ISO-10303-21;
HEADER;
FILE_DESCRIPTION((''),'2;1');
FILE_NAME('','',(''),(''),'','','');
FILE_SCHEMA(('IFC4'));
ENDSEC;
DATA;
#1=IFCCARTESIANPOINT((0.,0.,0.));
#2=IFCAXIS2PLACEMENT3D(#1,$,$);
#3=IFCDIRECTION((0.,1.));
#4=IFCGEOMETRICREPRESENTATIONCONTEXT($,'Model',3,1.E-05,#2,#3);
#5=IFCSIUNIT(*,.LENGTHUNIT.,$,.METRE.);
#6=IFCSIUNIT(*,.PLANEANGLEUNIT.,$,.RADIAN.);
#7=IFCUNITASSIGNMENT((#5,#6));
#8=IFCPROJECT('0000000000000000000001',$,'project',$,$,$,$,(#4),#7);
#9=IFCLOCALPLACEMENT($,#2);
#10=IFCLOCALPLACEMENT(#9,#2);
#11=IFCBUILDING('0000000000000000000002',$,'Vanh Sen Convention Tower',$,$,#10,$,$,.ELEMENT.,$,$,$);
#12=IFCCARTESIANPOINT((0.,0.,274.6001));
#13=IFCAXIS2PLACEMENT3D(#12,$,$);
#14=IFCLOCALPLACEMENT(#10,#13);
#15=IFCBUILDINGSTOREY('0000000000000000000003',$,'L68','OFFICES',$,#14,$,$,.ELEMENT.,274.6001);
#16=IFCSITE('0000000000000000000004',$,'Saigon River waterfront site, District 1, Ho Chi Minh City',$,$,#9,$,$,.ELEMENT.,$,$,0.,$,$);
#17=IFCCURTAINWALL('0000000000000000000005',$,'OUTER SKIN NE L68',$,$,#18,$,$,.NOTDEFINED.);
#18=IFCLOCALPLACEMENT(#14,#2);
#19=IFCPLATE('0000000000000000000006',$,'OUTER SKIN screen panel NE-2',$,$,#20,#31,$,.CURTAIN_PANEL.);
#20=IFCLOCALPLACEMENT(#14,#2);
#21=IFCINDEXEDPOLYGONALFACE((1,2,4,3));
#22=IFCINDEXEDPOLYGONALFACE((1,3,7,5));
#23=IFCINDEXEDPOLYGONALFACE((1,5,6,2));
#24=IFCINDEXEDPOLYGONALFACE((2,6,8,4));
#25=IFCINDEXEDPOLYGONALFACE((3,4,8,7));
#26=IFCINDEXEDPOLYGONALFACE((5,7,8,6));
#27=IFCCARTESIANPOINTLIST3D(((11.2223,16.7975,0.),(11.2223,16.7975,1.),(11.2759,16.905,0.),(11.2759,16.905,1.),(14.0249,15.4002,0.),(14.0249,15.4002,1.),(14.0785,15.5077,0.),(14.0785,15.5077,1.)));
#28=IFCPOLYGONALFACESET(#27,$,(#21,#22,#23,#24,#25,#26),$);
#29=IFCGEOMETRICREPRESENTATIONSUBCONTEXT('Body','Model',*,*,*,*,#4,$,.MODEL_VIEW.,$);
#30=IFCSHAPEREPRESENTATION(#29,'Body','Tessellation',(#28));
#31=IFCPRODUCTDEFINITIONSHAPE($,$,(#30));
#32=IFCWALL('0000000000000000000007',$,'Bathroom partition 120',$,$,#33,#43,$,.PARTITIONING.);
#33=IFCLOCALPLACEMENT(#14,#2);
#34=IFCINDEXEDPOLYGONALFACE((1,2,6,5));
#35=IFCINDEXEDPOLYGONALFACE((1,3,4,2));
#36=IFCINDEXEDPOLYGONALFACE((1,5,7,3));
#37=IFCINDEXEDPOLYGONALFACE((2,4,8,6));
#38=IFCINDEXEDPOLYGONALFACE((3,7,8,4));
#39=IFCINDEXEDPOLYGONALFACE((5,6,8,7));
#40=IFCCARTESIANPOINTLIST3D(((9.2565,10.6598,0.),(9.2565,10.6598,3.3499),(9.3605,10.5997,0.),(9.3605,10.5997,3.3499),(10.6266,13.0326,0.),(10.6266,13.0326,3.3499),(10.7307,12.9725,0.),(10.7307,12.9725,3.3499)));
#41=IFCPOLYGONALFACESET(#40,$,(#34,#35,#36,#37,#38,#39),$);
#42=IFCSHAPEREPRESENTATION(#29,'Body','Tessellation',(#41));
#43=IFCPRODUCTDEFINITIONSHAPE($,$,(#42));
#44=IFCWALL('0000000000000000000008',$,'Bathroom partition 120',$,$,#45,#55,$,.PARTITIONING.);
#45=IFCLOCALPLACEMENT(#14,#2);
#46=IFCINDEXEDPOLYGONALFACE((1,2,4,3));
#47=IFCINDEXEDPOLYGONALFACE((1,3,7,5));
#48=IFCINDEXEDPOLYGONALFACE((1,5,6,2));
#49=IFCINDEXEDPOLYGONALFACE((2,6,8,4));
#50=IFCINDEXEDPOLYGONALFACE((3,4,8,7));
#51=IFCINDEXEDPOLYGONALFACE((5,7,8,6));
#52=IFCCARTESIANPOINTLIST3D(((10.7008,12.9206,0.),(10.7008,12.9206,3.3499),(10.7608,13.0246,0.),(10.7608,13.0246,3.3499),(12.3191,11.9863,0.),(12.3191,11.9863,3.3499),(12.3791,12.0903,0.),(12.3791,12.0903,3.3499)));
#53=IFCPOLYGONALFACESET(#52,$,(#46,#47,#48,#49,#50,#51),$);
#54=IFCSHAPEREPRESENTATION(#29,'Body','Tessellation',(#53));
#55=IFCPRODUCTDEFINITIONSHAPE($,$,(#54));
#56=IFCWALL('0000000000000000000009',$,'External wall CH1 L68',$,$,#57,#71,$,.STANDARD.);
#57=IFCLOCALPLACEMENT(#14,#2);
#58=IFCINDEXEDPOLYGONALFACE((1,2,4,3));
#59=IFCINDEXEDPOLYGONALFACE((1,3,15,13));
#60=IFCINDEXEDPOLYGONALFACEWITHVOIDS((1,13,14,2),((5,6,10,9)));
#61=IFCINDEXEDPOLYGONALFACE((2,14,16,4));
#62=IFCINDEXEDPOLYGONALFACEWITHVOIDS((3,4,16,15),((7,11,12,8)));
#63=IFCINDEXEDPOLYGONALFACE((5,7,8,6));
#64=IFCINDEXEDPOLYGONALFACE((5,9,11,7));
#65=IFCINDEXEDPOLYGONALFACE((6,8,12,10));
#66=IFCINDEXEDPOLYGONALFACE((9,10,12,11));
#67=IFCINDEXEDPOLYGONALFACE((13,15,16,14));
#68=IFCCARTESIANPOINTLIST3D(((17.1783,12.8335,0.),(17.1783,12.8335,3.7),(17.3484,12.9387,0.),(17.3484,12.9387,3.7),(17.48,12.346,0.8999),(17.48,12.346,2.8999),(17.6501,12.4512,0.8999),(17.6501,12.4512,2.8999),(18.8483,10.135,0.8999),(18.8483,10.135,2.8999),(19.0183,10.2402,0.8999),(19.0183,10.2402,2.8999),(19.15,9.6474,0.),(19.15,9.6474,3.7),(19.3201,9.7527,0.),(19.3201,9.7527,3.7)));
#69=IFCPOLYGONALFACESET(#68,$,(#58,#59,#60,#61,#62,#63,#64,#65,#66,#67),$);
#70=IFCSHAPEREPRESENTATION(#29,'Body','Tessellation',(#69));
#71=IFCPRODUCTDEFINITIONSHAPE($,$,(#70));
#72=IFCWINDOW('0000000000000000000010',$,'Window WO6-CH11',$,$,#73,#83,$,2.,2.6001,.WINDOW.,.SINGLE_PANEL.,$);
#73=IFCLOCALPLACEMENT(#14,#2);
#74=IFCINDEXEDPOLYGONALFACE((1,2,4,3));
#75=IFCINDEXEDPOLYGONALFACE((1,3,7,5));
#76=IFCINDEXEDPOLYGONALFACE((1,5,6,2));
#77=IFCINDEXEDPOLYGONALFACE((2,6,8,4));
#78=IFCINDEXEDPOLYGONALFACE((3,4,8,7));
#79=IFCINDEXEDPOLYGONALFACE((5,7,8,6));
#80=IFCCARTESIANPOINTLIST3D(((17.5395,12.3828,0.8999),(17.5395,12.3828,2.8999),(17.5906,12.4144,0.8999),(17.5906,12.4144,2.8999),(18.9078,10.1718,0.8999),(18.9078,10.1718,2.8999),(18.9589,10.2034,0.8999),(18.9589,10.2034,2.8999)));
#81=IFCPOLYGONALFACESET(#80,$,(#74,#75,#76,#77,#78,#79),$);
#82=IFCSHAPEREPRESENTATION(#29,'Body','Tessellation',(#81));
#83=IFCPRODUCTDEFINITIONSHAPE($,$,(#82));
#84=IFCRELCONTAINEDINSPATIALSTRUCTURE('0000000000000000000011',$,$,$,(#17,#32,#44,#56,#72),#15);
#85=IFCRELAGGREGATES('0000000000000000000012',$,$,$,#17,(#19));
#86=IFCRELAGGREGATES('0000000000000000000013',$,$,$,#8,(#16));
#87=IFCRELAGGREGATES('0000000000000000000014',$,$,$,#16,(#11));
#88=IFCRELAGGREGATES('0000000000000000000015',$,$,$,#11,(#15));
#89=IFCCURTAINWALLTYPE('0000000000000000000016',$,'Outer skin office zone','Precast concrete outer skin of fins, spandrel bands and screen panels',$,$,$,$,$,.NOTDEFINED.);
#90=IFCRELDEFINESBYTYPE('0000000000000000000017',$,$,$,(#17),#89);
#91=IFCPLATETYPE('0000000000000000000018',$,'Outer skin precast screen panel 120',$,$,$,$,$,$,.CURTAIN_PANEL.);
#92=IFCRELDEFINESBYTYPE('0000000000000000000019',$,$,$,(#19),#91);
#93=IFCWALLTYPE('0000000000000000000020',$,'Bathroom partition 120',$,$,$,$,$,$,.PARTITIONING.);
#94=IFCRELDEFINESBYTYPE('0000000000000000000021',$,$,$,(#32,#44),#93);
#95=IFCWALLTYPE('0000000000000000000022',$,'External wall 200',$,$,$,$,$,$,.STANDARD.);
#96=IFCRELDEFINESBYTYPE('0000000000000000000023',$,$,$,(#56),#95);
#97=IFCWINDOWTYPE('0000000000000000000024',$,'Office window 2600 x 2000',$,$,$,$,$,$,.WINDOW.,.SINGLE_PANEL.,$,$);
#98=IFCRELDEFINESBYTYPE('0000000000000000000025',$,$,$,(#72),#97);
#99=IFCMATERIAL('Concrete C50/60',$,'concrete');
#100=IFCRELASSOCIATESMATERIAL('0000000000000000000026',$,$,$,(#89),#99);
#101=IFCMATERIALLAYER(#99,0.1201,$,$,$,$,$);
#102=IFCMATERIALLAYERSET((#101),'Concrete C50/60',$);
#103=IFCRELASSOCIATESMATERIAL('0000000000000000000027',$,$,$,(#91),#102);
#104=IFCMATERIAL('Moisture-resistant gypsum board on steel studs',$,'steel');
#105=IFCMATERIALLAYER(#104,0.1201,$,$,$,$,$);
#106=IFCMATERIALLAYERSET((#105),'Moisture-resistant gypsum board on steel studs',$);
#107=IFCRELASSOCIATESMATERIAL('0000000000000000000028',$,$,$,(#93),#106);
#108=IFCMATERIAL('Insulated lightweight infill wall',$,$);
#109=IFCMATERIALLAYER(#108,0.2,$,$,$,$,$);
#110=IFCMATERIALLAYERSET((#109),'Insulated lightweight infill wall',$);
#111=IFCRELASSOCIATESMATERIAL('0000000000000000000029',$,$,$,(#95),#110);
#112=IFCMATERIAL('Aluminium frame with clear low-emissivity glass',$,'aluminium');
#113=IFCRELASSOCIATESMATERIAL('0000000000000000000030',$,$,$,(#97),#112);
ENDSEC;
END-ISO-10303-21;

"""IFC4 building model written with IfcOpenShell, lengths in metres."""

from ifc_helpers import new_model, si_unit, direction, frame, frame_2d, origin, origin_2d, place, context, subcontext, project, spatial, rectangle, extrude, material, layer, layer_set, type_object, element, fill, aggregate, save


model = new_model("IFC4")

# Units and contexts
model_context = context("Model", 3, precision=1e-05, world=origin(), true_north=direction((0.0, 1.0)))
body_context = subcontext(model_context, "Body", "Model", "MODEL_VIEW")
ifc_project = project(units=[si_unit("LENGTHUNIT", "METRE"), si_unit("PLANEANGLEUNIT", "RADIAN")], contexts=[model_context])

# Site, building, storey
site_placement = place(None, origin())
site = spatial("IfcSite", under=ifc_project, at=site_placement, Name="Saigon River waterfront site, District 1, Ho Chi Minh City", CompositionType="ELEMENT", RefElevation=0.0)
building_placement = place(site_placement, origin())
building = spatial("IfcBuilding", under=site, at=building_placement, Name="Vanh Sen Convention Tower", CompositionType="ELEMENT")
storey_placement = place(building_placement, frame((0.0, 0.0, 274.6001)))
storey = spatial("IfcBuildingStorey", under=building, at=storey_placement, Name="L68", Description="OFFICES", CompositionType="ELEMENT", Elevation=274.6001)

# Curtain wall
ifc_material_1 = material(Name="Concrete C50/60", Category="concrete")
curtain_wall_type = type_object("IfcCurtainWallType", Name="Outer skin office zone", Description="Precast concrete outer skin of fins, spandrel bands and screen panels", PredefinedType="NOTDEFINED", material=ifc_material_1)
curtain_wall_1_placement = place(storey_placement, origin())
curtain_wall_1 = element("IfcCurtainWall", 1, at=curtain_wall_1_placement, inside=storey, type_object=curtain_wall_type, Name="OUTER SKIN NE L68", PredefinedType="NOTDEFINED")

# Shared definitions
ifc_layer_1 = layer(ifc_material_1, 0.1201)
ifc_layer_set_1 = layer_set([ifc_layer_1], Name="Concrete C50/60")
plate_type = type_object("IfcPlateType", Name="Outer skin precast screen panel 120", PredefinedType="CURTAIN_PANEL", material=ifc_layer_set_1)

# Plate
plate_1_placement = place(storey_placement, frame((12.6504, 16.1526, 0.0), z_axis=(0.0, 0.0, 1.0), x_axis=(-0.894931, 0.446204, 0.0)))
plate_1 = element("IfcPlate", 2, at=plate_1_placement, type_object=plate_type, Name="OUTER SKIN screen panel NE-2", PredefinedType="CURTAIN_PANEL", context=body_context, shape_type="SweptSolid", body=[
    extrude(rectangle(XDim=3.1316, YDim=0.1201, at=origin_2d()), origin(), (0.0, 0.0, 1.0), 1.0),
])
aggregate(curtain_wall_1, [plate_1])

# Walls
ifc_material_2 = material(Name="Moisture-resistant gypsum board on steel studs", Category="steel")
ifc_layer_2 = layer(ifc_material_2, 0.1201)
ifc_layer_set_2 = layer_set([ifc_layer_2], Name="Moisture-resistant gypsum board on steel studs")
wall_type_1 = type_object("IfcWallType", Name="Bathroom partition 120", PredefinedType="PARTITIONING", material=ifc_layer_set_2)
wall_1_placement = place(storey_placement, frame((10.6787, 13.0027, 0.0), z_axis=(0.0, 0.0, 1.0), x_axis=(-0.500049, -0.865997, 0.0)))
element("IfcWall", 3, at=wall_1_placement, inside=storey, type_object=wall_type_1, Name="Bathroom partition 120", PredefinedType="PARTITIONING", context=body_context, shape_type="SweptSolid", body=[
    extrude(rectangle(XDim=2.74, YDim=0.1201, at=frame_2d((1.3701, 0.0))), origin(), (0.0, 0.0, 1.0), 3.3499),
])
wall_2_placement = place(storey_placement, frame((12.3491, 12.0383, 0.0), z_axis=(0.0, 0.0, 1.0), x_axis=(-0.86604, 0.499975, 0.0)))
element("IfcWall", 4, at=wall_2_placement, inside=storey, type_object=wall_type_1, Name="Bathroom partition 120", PredefinedType="PARTITIONING", context=body_context, shape_type="SweptSolid", body=[
    extrude(rectangle(XDim=1.8687, YDim=0.1201, at=frame_2d((0.9343, 0.0))), origin(), (0.0, 0.0, 1.0), 3.3499),
])

# Wall, opening, window
ifc_material_3 = material(Name="Insulated lightweight infill wall")
ifc_layer_3 = layer(ifc_material_3, 0.2)
ifc_layer_set_3 = layer_set([ifc_layer_3], Name="Insulated lightweight infill wall")
wall_type_2 = type_object("IfcWallType", Name="External wall 200", PredefinedType="STANDARD", material=ifc_layer_set_3)
wall_3_placement = place(storey_placement, frame((19.2351, 9.7, 0.0), z_axis=(0.0, 0.0, 1.0), x_axis=(-0.526233, 0.85034, 0.0)))
wall_3 = element("IfcWall", 5, at=wall_3_placement, inside=storey, type_object=wall_type_2, Name="External wall CH1 L68", PredefinedType="STANDARD", context=body_context, shape_type="SweptSolid", body=[
    extrude(rectangle(XDim=3.7468, YDim=0.2, at=frame_2d((1.8735, 0.0))), origin(), (0.0, 0.0, 1.0), 3.7),
])
opening_1_placement = place(wall_3_placement, frame((0.5735, 0.0, 0.8999)))
opening_1 = element("IfcOpeningElement", 6, at=opening_1_placement, cuts=wall_3, PredefinedType="OPENING", context=body_context, shape_type="SweptSolid", body=[
    extrude(rectangle(XDim=2.6001, YDim=2.0, at=frame_2d((1.3, 1.0))), frame((0.0, 0.1099, 0.0), z_axis=(0.0, -1.0, 0.0), x_axis=(1.0, 0.0, 0.0)), (0.0, 0.0, 1.0), 0.22),
])
ifc_material_4 = material(Name="Aluminium frame with clear low-emissivity glass", Category="aluminium")
window_type_1 = type_object("IfcWindowType", Name="Office window 2600 x 2000", PartitioningType="SINGLE_PANEL", PredefinedType="WINDOW", material=ifc_material_4)
window_1_placement = place(opening_1_placement, origin())
window_1 = element("IfcWindow", 7, at=window_1_placement, inside=storey, type_object=window_type_1, Name="Window WO6-CH11", OverallHeight=2.0, OverallWidth=2.6001, PartitioningType="SINGLE_PANEL", PredefinedType="WINDOW", context=body_context, shape_type="SweptSolid", body=[
    extrude(rectangle(XDim=2.6001, YDim=2.0, at=frame_2d((1.3, 1.0))), frame((0.0, 0.03, 0.0), z_axis=(0.0, -1.0, 0.0), x_axis=(1.0, 0.0, 0.0)), (0.0, 0.0, 1.0), 0.0601),
])
fill(opening_1, window_1)

save(model, "model.ifc")
